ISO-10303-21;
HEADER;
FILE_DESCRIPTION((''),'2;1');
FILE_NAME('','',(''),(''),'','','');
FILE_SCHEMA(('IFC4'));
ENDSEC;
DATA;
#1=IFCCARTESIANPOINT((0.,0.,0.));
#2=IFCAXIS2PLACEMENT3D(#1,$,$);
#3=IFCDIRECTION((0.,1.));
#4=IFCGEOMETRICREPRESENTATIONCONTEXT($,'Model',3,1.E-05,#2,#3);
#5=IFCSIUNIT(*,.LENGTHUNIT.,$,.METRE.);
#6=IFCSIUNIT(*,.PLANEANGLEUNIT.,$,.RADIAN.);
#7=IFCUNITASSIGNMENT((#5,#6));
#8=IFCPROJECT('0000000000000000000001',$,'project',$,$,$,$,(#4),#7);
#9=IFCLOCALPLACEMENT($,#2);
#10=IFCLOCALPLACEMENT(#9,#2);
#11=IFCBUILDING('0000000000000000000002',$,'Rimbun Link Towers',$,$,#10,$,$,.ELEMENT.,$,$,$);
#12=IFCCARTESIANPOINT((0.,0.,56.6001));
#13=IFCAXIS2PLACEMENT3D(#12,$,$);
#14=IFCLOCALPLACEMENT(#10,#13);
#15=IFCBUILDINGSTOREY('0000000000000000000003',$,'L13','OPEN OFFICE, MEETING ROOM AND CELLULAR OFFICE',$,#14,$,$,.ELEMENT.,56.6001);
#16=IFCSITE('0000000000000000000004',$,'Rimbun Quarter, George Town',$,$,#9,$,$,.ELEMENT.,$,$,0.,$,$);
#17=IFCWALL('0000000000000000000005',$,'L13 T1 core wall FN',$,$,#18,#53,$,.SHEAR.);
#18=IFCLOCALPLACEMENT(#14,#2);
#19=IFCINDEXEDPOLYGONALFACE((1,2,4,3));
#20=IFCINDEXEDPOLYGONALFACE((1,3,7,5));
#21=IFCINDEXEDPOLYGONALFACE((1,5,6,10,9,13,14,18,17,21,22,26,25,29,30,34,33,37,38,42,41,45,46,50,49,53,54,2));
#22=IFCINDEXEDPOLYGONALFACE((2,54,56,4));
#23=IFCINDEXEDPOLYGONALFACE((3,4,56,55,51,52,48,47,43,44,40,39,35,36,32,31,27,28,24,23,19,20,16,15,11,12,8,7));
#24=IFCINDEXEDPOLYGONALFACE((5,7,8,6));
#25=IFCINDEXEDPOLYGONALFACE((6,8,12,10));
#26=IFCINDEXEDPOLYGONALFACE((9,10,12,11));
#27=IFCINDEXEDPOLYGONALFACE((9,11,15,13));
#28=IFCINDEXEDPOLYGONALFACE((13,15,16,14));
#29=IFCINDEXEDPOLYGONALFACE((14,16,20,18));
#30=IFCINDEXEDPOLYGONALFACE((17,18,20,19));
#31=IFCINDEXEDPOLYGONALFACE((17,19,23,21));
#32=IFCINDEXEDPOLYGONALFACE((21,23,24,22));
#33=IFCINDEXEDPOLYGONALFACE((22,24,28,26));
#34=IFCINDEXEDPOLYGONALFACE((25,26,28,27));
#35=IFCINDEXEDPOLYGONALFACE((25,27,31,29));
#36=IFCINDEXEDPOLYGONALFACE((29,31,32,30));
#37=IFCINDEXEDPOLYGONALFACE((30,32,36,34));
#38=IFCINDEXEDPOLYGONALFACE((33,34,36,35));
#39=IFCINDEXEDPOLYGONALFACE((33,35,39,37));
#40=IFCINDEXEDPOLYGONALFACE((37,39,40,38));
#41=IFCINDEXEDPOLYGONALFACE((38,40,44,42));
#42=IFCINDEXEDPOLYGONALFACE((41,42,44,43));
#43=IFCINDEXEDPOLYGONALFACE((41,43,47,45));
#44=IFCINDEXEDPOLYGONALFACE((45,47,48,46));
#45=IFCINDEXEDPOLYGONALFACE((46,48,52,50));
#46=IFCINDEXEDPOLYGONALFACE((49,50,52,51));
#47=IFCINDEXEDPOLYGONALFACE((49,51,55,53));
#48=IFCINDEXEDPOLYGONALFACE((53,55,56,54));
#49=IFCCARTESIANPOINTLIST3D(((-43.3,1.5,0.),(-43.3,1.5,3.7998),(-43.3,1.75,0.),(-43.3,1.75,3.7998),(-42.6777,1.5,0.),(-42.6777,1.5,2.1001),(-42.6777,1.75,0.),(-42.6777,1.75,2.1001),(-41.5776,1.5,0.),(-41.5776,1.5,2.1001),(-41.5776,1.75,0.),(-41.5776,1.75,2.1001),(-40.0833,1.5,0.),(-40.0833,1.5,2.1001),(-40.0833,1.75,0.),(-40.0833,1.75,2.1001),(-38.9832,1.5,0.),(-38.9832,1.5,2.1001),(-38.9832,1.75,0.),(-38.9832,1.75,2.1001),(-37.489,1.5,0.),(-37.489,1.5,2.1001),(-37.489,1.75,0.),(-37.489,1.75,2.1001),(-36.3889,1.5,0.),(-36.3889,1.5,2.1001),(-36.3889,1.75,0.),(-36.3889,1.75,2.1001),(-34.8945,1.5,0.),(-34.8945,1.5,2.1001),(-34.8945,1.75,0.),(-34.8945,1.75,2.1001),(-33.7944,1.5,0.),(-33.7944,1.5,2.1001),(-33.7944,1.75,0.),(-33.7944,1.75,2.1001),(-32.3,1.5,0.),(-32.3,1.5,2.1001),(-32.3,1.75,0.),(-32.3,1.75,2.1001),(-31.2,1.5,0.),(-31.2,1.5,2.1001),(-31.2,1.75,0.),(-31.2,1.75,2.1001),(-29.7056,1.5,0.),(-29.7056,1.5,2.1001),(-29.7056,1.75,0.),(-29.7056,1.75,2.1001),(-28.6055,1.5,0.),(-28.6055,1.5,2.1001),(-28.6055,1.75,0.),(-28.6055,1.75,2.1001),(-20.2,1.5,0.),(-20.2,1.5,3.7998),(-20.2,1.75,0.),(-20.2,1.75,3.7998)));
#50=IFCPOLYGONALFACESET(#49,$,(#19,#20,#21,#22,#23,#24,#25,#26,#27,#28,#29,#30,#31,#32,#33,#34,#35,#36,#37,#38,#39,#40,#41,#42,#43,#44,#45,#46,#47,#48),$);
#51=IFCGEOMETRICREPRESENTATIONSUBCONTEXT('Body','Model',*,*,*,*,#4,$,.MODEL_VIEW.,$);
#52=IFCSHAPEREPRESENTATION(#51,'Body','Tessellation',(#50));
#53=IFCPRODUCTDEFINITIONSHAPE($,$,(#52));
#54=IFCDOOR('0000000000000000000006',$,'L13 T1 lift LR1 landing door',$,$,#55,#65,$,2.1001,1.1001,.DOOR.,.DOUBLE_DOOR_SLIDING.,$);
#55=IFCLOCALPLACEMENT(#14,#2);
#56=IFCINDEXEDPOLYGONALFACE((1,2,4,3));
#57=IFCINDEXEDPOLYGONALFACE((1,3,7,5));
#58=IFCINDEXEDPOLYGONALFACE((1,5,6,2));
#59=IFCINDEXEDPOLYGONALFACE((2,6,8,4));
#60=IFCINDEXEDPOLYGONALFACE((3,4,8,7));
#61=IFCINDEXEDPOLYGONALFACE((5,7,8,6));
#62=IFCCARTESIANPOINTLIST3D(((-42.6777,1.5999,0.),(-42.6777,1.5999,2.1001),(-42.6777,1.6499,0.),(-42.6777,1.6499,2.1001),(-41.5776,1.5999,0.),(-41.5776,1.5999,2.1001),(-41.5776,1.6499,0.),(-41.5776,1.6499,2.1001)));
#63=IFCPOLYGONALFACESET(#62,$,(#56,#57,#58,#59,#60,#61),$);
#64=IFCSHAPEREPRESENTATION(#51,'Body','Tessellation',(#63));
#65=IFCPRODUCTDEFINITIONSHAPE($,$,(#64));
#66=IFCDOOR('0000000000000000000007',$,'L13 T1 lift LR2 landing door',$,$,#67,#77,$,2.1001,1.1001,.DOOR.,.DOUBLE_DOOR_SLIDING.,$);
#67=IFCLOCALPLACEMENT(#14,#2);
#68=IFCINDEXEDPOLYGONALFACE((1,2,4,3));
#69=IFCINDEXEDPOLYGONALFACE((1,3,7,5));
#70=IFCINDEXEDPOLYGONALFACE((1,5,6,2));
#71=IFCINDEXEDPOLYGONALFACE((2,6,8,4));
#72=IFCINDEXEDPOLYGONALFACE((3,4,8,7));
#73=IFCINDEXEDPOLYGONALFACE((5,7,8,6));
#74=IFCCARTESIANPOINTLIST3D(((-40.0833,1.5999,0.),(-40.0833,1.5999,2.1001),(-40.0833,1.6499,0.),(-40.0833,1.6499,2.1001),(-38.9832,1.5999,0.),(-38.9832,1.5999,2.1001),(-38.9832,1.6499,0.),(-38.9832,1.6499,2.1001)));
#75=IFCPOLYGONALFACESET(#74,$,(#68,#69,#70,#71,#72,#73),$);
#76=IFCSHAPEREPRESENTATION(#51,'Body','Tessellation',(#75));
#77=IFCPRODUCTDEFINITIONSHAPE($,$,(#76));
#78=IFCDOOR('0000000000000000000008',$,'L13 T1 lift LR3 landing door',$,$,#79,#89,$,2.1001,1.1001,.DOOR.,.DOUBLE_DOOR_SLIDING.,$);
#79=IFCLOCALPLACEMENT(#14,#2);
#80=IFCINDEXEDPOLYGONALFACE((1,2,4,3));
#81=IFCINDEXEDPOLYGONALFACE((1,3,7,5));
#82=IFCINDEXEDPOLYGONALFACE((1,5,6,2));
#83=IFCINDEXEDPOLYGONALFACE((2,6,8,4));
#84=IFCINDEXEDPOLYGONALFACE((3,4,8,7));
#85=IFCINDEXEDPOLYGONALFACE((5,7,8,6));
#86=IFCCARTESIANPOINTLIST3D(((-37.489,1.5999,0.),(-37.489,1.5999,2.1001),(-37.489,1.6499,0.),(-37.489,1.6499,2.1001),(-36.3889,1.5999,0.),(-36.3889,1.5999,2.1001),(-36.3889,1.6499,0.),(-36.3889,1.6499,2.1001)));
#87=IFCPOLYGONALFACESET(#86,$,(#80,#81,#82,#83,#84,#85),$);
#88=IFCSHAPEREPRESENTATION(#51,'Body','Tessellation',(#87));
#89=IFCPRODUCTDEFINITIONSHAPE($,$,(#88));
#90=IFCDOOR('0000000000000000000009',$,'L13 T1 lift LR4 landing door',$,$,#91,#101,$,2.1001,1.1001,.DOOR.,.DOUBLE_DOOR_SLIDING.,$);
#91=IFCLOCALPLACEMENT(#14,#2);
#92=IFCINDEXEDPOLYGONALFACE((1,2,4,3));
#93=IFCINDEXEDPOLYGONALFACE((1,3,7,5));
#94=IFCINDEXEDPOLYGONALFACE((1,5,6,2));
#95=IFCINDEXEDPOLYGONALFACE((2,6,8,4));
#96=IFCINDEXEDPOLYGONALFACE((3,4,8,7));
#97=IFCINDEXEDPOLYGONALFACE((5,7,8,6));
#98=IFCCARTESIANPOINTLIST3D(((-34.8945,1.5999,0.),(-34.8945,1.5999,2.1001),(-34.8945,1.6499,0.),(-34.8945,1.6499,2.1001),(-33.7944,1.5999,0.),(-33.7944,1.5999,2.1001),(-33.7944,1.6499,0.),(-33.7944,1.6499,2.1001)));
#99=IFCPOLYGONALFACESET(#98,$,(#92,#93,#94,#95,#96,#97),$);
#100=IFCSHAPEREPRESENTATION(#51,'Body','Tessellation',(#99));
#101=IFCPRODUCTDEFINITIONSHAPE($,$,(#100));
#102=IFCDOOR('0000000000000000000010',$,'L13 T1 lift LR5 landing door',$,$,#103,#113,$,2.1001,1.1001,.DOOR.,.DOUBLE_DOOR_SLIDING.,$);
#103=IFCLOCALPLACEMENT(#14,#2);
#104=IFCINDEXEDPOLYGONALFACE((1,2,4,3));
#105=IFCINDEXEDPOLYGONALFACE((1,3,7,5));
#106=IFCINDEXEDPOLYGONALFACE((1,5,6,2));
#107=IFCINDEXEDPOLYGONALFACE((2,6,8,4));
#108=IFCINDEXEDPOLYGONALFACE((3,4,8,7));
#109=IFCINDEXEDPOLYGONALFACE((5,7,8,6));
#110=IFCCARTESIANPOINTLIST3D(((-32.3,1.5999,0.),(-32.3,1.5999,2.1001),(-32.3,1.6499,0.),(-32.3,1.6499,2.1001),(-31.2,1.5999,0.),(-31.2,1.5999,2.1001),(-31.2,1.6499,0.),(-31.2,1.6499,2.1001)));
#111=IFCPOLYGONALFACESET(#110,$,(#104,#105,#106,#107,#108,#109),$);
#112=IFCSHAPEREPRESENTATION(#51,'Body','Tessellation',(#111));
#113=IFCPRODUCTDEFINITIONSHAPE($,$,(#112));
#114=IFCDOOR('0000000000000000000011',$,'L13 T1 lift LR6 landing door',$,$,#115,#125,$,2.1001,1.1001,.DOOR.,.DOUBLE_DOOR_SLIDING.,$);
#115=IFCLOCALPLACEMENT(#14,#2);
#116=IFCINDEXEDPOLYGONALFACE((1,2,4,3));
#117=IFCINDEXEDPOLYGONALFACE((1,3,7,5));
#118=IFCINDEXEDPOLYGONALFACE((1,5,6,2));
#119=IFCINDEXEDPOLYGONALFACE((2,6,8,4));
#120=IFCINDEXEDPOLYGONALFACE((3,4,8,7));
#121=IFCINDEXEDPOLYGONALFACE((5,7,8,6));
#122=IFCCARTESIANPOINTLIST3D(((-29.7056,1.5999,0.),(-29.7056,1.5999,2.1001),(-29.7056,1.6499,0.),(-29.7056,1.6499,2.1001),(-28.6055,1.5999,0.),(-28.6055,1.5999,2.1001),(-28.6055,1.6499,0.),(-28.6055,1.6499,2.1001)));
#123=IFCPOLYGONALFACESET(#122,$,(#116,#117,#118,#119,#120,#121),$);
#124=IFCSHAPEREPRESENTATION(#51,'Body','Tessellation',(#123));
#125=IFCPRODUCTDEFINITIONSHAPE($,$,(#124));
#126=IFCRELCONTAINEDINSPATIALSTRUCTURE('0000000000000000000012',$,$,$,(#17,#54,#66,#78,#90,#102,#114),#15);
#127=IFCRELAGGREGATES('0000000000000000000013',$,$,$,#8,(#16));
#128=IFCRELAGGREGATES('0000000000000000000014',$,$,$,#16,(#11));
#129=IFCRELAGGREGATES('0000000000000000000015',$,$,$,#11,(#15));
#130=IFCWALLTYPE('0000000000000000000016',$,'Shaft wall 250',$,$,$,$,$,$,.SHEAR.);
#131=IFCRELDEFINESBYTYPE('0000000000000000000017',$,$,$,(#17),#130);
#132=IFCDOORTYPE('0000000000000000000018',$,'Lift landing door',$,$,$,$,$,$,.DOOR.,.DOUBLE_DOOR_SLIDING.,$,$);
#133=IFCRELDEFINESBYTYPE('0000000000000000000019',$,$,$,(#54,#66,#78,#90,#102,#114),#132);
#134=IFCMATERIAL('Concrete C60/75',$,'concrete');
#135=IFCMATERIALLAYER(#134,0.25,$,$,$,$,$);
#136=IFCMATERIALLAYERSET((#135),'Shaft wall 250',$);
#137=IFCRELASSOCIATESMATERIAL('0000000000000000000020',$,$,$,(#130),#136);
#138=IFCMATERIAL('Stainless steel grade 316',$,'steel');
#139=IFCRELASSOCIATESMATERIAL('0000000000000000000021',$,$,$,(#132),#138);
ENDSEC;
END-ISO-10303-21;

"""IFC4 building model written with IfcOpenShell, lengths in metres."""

from ifc_helpers import new_model, si_unit, direction, frame, frame_2d, origin, place, context, subcontext, project, spatial, rectangle, extrude, material, layer, layer_set, type_object, element, fill, save


model = new_model("IFC4")

# Units and contexts
model_context = context("Model", 3, precision=1e-05, world=origin(), true_north=direction((0.0, 1.0)))
body_context = subcontext(model_context, "Body", "Model", "MODEL_VIEW")
ifc_project = project(units=[si_unit("LENGTHUNIT", "METRE"), si_unit("PLANEANGLEUNIT", "RADIAN")], contexts=[model_context])

# Site, building, storey
site_placement = place(None, origin())
site = spatial("IfcSite", under=ifc_project, at=site_placement, Name="Rimbun Quarter, George Town", CompositionType="ELEMENT", RefElevation=0.0)
building_placement = place(site_placement, origin())
building = spatial("IfcBuilding", under=site, at=building_placement, Name="Rimbun Link Towers", CompositionType="ELEMENT")
storey_placement = place(building_placement, frame((0.0, 0.0, 56.6001)))
storey = spatial("IfcBuildingStorey", under=building, at=storey_placement, Name="L13", Description="OPEN OFFICE, MEETING ROOM AND CELLULAR OFFICE", CompositionType="ELEMENT", Elevation=56.6001)

# Wall, openings, doors
ifc_material_1 = material(Name="Concrete C60/75", Category="concrete")
ifc_layer_1 = layer(ifc_material_1, 0.25)
ifc_layer_set_1 = layer_set([ifc_layer_1], Name="Shaft wall 250")
wall_type_1 = type_object("IfcWallType", Name="Shaft wall 250", PredefinedType="SHEAR", material=ifc_layer_set_1)
wall_1_placement = place(storey_placement, frame((-43.3, 1.625, 0.0), z_axis=(0.0, 0.0, 1.0), x_axis=(1.0, 0.0, 0.0)))
wall_1 = element("IfcWall", 1, at=wall_1_placement, inside=storey, type_object=wall_type_1, Name="L13 T1 core wall FN", PredefinedType="SHEAR", context=body_context, shape_type="SweptSolid", body=[
    extrude(rectangle(XDim=23.1001, YDim=0.25, at=frame_2d((11.55, 0.0))), origin(), (0.0, 0.0, 1.0), 3.7998),
])
opening_1_placement = place(wall_1_placement, frame((0.6223, 0.0, 0.0)))
opening_1 = element("IfcOpeningElement", 2, at=opening_1_placement, cuts=wall_1, PredefinedType="OPENING", context=body_context, shape_type="SweptSolid", body=[
    extrude(rectangle(XDim=1.1001, YDim=2.1001, at=frame_2d((0.55, 1.05))), frame((0.0, 0.135, 0.0), z_axis=(0.0, -1.0, 0.0), x_axis=(1.0, 0.0, 0.0)), (0.0, 0.0, 1.0), 0.27),
])
opening_2_placement = place(wall_1_placement, frame((3.2168, 0.0, 0.0)))
opening_2 = element("IfcOpeningElement", 3, at=opening_2_placement, cuts=wall_1, PredefinedType="OPENING", context=body_context, shape_type="SweptSolid", body=[
    extrude(rectangle(XDim=1.1001, YDim=2.1001, at=frame_2d((0.55, 1.05))), frame((0.0, 0.135, 0.0), z_axis=(0.0, -1.0, 0.0), x_axis=(1.0, 0.0, 0.0)), (0.0, 0.0, 1.0), 0.27),
])
opening_3_placement = place(wall_1_placement, frame((5.811, 0.0, 0.0)))
opening_3 = element("IfcOpeningElement", 4, at=opening_3_placement, cuts=wall_1, PredefinedType="OPENING", context=body_context, shape_type="SweptSolid", body=[
    extrude(rectangle(XDim=1.1001, YDim=2.1001, at=frame_2d((0.55, 1.05))), frame((0.0, 0.135, 0.0), z_axis=(0.0, -1.0, 0.0), x_axis=(1.0, 0.0, 0.0)), (0.0, 0.0, 1.0), 0.27),
])
opening_4_placement = place(wall_1_placement, frame((8.4055, 0.0, 0.0)))
opening_4 = element("IfcOpeningElement", 5, at=opening_4_placement, cuts=wall_1, PredefinedType="OPENING", context=body_context, shape_type="SweptSolid", body=[
    extrude(rectangle(XDim=1.1001, YDim=2.1001, at=frame_2d((0.55, 1.05))), frame((0.0, 0.135, 0.0), z_axis=(0.0, -1.0, 0.0), x_axis=(1.0, 0.0, 0.0)), (0.0, 0.0, 1.0), 0.27),
])
opening_5_placement = place(wall_1_placement, frame((11.0, 0.0, 0.0)))
opening_5 = element("IfcOpeningElement", 6, at=opening_5_placement, cuts=wall_1, PredefinedType="OPENING", context=body_context, shape_type="SweptSolid", body=[
    extrude(rectangle(XDim=1.1001, YDim=2.1001, at=frame_2d((0.55, 1.05))), frame((0.0, 0.135, 0.0), z_axis=(0.0, -1.0, 0.0), x_axis=(1.0, 0.0, 0.0)), (0.0, 0.0, 1.0), 0.27),
])
opening_6_placement = place(wall_1_placement, frame((13.5945, 0.0, 0.0)))
opening_6 = element("IfcOpeningElement", 7, at=opening_6_placement, cuts=wall_1, PredefinedType="OPENING", context=body_context, shape_type="SweptSolid", body=[
    extrude(rectangle(XDim=1.1001, YDim=2.1001, at=frame_2d((0.55, 1.05))), frame((0.0, 0.135, 0.0), z_axis=(0.0, -1.0, 0.0), x_axis=(1.0, 0.0, 0.0)), (0.0, 0.0, 1.0), 0.27),
])
ifc_material_2 = material(Name="Stainless steel grade 316", Category="steel")
door_type_1 = type_object("IfcDoorType", Name="Lift landing door", OperationType="DOUBLE_DOOR_SLIDING", PredefinedType="DOOR", material=ifc_material_2)
door_1_placement = place(opening_1_placement, origin())
door_1 = element("IfcDoor", 8, at=door_1_placement, inside=storey, type_object=door_type_1, Name="L13 T1 lift LR1 landing door", OperationType="DOUBLE_DOOR_SLIDING", OverallHeight=2.1001, OverallWidth=1.1001, PredefinedType="DOOR", context=body_context, shape_type="SweptSolid", body=[
    extrude(rectangle(XDim=1.1001, YDim=2.1001, at=frame_2d((0.55, 1.05))), frame((0.0, 0.0249, 0.0), z_axis=(0.0, -1.0, 0.0), x_axis=(1.0, 0.0, 0.0)), (0.0, 0.0, 1.0), 0.05),
])
fill(opening_1, door_1)
door_2_placement = place(opening_2_placement, origin())
door_2 = element("IfcDoor", 9, at=door_2_placement, inside=storey, type_object=door_type_1, Name="L13 T1 lift LR2 landing door", OperationType="DOUBLE_DOOR_SLIDING", OverallHeight=2.1001, OverallWidth=1.1001, PredefinedType="DOOR", context=body_context, shape_type="SweptSolid", body=[
    extrude(rectangle(XDim=1.1001, YDim=2.1001, at=frame_2d((0.55, 1.05))), frame((0.0, 0.0249, 0.0), z_axis=(0.0, -1.0, 0.0), x_axis=(1.0, 0.0, 0.0)), (0.0, 0.0, 1.0), 0.05),
])
fill(opening_2, door_2)
door_3_placement = place(opening_3_placement, origin())
door_3 = element("IfcDoor", 10, at=door_3_placement, inside=storey, type_object=door_type_1, Name="L13 T1 lift LR3 landing door", OperationType="DOUBLE_DOOR_SLIDING", OverallHeight=2.1001, OverallWidth=1.1001, PredefinedType="DOOR", context=body_context, shape_type="SweptSolid", body=[
    extrude(rectangle(XDim=1.1001, YDim=2.1001, at=frame_2d((0.55, 1.05))), frame((0.0, 0.0249, 0.0), z_axis=(0.0, -1.0, 0.0), x_axis=(1.0, 0.0, 0.0)), (0.0, 0.0, 1.0), 0.05),
])
fill(opening_3, door_3)
door_4_placement = place(opening_4_placement, origin())
door_4 = element("IfcDoor", 11, at=door_4_placement, inside=storey, type_object=door_type_1, Name="L13 T1 lift LR4 landing door", OperationType="DOUBLE_DOOR_SLIDING", OverallHeight=2.1001, OverallWidth=1.1001, PredefinedType="DOOR", context=body_context, shape_type="SweptSolid", body=[
    extrude(rectangle(XDim=1.1001, YDim=2.1001, at=frame_2d((0.55, 1.05))), frame((0.0, 0.0249, 0.0), z_axis=(0.0, -1.0, 0.0), x_axis=(1.0, 0.0, 0.0)), (0.0, 0.0, 1.0), 0.05),
])
fill(opening_4, door_4)
door_5_placement = place(opening_5_placement, origin())
door_5 = element("IfcDoor", 12, at=door_5_placement, inside=storey, type_object=door_type_1, Name="L13 T1 lift LR5 landing door", OperationType="DOUBLE_DOOR_SLIDING", OverallHeight=2.1001, OverallWidth=1.1001, PredefinedType="DOOR", context=body_context, shape_type="SweptSolid", body=[
    extrude(rectangle(XDim=1.1001, YDim=2.1001, at=frame_2d((0.55, 1.05))), frame((0.0, 0.0249, 0.0), z_axis=(0.0, -1.0, 0.0), x_axis=(1.0, 0.0, 0.0)), (0.0, 0.0, 1.0), 0.05),
])
fill(opening_5, door_5)
door_6_placement = place(opening_6_placement, origin())
door_6 = element("IfcDoor", 13, at=door_6_placement, inside=storey, type_object=door_type_1, Name="L13 T1 lift LR6 landing door", OperationType="DOUBLE_DOOR_SLIDING", OverallHeight=2.1001, OverallWidth=1.1001, PredefinedType="DOOR", context=body_context, shape_type="SweptSolid", body=[
    extrude(rectangle(XDim=1.1001, YDim=2.1001, at=frame_2d((0.55, 1.05))), frame((0.0, 0.0249, 0.0), z_axis=(0.0, -1.0, 0.0), x_axis=(1.0, 0.0, 0.0)), (0.0, 0.0, 1.0), 0.05),
])
fill(opening_6, door_6)

save(model, "model.ifc")
